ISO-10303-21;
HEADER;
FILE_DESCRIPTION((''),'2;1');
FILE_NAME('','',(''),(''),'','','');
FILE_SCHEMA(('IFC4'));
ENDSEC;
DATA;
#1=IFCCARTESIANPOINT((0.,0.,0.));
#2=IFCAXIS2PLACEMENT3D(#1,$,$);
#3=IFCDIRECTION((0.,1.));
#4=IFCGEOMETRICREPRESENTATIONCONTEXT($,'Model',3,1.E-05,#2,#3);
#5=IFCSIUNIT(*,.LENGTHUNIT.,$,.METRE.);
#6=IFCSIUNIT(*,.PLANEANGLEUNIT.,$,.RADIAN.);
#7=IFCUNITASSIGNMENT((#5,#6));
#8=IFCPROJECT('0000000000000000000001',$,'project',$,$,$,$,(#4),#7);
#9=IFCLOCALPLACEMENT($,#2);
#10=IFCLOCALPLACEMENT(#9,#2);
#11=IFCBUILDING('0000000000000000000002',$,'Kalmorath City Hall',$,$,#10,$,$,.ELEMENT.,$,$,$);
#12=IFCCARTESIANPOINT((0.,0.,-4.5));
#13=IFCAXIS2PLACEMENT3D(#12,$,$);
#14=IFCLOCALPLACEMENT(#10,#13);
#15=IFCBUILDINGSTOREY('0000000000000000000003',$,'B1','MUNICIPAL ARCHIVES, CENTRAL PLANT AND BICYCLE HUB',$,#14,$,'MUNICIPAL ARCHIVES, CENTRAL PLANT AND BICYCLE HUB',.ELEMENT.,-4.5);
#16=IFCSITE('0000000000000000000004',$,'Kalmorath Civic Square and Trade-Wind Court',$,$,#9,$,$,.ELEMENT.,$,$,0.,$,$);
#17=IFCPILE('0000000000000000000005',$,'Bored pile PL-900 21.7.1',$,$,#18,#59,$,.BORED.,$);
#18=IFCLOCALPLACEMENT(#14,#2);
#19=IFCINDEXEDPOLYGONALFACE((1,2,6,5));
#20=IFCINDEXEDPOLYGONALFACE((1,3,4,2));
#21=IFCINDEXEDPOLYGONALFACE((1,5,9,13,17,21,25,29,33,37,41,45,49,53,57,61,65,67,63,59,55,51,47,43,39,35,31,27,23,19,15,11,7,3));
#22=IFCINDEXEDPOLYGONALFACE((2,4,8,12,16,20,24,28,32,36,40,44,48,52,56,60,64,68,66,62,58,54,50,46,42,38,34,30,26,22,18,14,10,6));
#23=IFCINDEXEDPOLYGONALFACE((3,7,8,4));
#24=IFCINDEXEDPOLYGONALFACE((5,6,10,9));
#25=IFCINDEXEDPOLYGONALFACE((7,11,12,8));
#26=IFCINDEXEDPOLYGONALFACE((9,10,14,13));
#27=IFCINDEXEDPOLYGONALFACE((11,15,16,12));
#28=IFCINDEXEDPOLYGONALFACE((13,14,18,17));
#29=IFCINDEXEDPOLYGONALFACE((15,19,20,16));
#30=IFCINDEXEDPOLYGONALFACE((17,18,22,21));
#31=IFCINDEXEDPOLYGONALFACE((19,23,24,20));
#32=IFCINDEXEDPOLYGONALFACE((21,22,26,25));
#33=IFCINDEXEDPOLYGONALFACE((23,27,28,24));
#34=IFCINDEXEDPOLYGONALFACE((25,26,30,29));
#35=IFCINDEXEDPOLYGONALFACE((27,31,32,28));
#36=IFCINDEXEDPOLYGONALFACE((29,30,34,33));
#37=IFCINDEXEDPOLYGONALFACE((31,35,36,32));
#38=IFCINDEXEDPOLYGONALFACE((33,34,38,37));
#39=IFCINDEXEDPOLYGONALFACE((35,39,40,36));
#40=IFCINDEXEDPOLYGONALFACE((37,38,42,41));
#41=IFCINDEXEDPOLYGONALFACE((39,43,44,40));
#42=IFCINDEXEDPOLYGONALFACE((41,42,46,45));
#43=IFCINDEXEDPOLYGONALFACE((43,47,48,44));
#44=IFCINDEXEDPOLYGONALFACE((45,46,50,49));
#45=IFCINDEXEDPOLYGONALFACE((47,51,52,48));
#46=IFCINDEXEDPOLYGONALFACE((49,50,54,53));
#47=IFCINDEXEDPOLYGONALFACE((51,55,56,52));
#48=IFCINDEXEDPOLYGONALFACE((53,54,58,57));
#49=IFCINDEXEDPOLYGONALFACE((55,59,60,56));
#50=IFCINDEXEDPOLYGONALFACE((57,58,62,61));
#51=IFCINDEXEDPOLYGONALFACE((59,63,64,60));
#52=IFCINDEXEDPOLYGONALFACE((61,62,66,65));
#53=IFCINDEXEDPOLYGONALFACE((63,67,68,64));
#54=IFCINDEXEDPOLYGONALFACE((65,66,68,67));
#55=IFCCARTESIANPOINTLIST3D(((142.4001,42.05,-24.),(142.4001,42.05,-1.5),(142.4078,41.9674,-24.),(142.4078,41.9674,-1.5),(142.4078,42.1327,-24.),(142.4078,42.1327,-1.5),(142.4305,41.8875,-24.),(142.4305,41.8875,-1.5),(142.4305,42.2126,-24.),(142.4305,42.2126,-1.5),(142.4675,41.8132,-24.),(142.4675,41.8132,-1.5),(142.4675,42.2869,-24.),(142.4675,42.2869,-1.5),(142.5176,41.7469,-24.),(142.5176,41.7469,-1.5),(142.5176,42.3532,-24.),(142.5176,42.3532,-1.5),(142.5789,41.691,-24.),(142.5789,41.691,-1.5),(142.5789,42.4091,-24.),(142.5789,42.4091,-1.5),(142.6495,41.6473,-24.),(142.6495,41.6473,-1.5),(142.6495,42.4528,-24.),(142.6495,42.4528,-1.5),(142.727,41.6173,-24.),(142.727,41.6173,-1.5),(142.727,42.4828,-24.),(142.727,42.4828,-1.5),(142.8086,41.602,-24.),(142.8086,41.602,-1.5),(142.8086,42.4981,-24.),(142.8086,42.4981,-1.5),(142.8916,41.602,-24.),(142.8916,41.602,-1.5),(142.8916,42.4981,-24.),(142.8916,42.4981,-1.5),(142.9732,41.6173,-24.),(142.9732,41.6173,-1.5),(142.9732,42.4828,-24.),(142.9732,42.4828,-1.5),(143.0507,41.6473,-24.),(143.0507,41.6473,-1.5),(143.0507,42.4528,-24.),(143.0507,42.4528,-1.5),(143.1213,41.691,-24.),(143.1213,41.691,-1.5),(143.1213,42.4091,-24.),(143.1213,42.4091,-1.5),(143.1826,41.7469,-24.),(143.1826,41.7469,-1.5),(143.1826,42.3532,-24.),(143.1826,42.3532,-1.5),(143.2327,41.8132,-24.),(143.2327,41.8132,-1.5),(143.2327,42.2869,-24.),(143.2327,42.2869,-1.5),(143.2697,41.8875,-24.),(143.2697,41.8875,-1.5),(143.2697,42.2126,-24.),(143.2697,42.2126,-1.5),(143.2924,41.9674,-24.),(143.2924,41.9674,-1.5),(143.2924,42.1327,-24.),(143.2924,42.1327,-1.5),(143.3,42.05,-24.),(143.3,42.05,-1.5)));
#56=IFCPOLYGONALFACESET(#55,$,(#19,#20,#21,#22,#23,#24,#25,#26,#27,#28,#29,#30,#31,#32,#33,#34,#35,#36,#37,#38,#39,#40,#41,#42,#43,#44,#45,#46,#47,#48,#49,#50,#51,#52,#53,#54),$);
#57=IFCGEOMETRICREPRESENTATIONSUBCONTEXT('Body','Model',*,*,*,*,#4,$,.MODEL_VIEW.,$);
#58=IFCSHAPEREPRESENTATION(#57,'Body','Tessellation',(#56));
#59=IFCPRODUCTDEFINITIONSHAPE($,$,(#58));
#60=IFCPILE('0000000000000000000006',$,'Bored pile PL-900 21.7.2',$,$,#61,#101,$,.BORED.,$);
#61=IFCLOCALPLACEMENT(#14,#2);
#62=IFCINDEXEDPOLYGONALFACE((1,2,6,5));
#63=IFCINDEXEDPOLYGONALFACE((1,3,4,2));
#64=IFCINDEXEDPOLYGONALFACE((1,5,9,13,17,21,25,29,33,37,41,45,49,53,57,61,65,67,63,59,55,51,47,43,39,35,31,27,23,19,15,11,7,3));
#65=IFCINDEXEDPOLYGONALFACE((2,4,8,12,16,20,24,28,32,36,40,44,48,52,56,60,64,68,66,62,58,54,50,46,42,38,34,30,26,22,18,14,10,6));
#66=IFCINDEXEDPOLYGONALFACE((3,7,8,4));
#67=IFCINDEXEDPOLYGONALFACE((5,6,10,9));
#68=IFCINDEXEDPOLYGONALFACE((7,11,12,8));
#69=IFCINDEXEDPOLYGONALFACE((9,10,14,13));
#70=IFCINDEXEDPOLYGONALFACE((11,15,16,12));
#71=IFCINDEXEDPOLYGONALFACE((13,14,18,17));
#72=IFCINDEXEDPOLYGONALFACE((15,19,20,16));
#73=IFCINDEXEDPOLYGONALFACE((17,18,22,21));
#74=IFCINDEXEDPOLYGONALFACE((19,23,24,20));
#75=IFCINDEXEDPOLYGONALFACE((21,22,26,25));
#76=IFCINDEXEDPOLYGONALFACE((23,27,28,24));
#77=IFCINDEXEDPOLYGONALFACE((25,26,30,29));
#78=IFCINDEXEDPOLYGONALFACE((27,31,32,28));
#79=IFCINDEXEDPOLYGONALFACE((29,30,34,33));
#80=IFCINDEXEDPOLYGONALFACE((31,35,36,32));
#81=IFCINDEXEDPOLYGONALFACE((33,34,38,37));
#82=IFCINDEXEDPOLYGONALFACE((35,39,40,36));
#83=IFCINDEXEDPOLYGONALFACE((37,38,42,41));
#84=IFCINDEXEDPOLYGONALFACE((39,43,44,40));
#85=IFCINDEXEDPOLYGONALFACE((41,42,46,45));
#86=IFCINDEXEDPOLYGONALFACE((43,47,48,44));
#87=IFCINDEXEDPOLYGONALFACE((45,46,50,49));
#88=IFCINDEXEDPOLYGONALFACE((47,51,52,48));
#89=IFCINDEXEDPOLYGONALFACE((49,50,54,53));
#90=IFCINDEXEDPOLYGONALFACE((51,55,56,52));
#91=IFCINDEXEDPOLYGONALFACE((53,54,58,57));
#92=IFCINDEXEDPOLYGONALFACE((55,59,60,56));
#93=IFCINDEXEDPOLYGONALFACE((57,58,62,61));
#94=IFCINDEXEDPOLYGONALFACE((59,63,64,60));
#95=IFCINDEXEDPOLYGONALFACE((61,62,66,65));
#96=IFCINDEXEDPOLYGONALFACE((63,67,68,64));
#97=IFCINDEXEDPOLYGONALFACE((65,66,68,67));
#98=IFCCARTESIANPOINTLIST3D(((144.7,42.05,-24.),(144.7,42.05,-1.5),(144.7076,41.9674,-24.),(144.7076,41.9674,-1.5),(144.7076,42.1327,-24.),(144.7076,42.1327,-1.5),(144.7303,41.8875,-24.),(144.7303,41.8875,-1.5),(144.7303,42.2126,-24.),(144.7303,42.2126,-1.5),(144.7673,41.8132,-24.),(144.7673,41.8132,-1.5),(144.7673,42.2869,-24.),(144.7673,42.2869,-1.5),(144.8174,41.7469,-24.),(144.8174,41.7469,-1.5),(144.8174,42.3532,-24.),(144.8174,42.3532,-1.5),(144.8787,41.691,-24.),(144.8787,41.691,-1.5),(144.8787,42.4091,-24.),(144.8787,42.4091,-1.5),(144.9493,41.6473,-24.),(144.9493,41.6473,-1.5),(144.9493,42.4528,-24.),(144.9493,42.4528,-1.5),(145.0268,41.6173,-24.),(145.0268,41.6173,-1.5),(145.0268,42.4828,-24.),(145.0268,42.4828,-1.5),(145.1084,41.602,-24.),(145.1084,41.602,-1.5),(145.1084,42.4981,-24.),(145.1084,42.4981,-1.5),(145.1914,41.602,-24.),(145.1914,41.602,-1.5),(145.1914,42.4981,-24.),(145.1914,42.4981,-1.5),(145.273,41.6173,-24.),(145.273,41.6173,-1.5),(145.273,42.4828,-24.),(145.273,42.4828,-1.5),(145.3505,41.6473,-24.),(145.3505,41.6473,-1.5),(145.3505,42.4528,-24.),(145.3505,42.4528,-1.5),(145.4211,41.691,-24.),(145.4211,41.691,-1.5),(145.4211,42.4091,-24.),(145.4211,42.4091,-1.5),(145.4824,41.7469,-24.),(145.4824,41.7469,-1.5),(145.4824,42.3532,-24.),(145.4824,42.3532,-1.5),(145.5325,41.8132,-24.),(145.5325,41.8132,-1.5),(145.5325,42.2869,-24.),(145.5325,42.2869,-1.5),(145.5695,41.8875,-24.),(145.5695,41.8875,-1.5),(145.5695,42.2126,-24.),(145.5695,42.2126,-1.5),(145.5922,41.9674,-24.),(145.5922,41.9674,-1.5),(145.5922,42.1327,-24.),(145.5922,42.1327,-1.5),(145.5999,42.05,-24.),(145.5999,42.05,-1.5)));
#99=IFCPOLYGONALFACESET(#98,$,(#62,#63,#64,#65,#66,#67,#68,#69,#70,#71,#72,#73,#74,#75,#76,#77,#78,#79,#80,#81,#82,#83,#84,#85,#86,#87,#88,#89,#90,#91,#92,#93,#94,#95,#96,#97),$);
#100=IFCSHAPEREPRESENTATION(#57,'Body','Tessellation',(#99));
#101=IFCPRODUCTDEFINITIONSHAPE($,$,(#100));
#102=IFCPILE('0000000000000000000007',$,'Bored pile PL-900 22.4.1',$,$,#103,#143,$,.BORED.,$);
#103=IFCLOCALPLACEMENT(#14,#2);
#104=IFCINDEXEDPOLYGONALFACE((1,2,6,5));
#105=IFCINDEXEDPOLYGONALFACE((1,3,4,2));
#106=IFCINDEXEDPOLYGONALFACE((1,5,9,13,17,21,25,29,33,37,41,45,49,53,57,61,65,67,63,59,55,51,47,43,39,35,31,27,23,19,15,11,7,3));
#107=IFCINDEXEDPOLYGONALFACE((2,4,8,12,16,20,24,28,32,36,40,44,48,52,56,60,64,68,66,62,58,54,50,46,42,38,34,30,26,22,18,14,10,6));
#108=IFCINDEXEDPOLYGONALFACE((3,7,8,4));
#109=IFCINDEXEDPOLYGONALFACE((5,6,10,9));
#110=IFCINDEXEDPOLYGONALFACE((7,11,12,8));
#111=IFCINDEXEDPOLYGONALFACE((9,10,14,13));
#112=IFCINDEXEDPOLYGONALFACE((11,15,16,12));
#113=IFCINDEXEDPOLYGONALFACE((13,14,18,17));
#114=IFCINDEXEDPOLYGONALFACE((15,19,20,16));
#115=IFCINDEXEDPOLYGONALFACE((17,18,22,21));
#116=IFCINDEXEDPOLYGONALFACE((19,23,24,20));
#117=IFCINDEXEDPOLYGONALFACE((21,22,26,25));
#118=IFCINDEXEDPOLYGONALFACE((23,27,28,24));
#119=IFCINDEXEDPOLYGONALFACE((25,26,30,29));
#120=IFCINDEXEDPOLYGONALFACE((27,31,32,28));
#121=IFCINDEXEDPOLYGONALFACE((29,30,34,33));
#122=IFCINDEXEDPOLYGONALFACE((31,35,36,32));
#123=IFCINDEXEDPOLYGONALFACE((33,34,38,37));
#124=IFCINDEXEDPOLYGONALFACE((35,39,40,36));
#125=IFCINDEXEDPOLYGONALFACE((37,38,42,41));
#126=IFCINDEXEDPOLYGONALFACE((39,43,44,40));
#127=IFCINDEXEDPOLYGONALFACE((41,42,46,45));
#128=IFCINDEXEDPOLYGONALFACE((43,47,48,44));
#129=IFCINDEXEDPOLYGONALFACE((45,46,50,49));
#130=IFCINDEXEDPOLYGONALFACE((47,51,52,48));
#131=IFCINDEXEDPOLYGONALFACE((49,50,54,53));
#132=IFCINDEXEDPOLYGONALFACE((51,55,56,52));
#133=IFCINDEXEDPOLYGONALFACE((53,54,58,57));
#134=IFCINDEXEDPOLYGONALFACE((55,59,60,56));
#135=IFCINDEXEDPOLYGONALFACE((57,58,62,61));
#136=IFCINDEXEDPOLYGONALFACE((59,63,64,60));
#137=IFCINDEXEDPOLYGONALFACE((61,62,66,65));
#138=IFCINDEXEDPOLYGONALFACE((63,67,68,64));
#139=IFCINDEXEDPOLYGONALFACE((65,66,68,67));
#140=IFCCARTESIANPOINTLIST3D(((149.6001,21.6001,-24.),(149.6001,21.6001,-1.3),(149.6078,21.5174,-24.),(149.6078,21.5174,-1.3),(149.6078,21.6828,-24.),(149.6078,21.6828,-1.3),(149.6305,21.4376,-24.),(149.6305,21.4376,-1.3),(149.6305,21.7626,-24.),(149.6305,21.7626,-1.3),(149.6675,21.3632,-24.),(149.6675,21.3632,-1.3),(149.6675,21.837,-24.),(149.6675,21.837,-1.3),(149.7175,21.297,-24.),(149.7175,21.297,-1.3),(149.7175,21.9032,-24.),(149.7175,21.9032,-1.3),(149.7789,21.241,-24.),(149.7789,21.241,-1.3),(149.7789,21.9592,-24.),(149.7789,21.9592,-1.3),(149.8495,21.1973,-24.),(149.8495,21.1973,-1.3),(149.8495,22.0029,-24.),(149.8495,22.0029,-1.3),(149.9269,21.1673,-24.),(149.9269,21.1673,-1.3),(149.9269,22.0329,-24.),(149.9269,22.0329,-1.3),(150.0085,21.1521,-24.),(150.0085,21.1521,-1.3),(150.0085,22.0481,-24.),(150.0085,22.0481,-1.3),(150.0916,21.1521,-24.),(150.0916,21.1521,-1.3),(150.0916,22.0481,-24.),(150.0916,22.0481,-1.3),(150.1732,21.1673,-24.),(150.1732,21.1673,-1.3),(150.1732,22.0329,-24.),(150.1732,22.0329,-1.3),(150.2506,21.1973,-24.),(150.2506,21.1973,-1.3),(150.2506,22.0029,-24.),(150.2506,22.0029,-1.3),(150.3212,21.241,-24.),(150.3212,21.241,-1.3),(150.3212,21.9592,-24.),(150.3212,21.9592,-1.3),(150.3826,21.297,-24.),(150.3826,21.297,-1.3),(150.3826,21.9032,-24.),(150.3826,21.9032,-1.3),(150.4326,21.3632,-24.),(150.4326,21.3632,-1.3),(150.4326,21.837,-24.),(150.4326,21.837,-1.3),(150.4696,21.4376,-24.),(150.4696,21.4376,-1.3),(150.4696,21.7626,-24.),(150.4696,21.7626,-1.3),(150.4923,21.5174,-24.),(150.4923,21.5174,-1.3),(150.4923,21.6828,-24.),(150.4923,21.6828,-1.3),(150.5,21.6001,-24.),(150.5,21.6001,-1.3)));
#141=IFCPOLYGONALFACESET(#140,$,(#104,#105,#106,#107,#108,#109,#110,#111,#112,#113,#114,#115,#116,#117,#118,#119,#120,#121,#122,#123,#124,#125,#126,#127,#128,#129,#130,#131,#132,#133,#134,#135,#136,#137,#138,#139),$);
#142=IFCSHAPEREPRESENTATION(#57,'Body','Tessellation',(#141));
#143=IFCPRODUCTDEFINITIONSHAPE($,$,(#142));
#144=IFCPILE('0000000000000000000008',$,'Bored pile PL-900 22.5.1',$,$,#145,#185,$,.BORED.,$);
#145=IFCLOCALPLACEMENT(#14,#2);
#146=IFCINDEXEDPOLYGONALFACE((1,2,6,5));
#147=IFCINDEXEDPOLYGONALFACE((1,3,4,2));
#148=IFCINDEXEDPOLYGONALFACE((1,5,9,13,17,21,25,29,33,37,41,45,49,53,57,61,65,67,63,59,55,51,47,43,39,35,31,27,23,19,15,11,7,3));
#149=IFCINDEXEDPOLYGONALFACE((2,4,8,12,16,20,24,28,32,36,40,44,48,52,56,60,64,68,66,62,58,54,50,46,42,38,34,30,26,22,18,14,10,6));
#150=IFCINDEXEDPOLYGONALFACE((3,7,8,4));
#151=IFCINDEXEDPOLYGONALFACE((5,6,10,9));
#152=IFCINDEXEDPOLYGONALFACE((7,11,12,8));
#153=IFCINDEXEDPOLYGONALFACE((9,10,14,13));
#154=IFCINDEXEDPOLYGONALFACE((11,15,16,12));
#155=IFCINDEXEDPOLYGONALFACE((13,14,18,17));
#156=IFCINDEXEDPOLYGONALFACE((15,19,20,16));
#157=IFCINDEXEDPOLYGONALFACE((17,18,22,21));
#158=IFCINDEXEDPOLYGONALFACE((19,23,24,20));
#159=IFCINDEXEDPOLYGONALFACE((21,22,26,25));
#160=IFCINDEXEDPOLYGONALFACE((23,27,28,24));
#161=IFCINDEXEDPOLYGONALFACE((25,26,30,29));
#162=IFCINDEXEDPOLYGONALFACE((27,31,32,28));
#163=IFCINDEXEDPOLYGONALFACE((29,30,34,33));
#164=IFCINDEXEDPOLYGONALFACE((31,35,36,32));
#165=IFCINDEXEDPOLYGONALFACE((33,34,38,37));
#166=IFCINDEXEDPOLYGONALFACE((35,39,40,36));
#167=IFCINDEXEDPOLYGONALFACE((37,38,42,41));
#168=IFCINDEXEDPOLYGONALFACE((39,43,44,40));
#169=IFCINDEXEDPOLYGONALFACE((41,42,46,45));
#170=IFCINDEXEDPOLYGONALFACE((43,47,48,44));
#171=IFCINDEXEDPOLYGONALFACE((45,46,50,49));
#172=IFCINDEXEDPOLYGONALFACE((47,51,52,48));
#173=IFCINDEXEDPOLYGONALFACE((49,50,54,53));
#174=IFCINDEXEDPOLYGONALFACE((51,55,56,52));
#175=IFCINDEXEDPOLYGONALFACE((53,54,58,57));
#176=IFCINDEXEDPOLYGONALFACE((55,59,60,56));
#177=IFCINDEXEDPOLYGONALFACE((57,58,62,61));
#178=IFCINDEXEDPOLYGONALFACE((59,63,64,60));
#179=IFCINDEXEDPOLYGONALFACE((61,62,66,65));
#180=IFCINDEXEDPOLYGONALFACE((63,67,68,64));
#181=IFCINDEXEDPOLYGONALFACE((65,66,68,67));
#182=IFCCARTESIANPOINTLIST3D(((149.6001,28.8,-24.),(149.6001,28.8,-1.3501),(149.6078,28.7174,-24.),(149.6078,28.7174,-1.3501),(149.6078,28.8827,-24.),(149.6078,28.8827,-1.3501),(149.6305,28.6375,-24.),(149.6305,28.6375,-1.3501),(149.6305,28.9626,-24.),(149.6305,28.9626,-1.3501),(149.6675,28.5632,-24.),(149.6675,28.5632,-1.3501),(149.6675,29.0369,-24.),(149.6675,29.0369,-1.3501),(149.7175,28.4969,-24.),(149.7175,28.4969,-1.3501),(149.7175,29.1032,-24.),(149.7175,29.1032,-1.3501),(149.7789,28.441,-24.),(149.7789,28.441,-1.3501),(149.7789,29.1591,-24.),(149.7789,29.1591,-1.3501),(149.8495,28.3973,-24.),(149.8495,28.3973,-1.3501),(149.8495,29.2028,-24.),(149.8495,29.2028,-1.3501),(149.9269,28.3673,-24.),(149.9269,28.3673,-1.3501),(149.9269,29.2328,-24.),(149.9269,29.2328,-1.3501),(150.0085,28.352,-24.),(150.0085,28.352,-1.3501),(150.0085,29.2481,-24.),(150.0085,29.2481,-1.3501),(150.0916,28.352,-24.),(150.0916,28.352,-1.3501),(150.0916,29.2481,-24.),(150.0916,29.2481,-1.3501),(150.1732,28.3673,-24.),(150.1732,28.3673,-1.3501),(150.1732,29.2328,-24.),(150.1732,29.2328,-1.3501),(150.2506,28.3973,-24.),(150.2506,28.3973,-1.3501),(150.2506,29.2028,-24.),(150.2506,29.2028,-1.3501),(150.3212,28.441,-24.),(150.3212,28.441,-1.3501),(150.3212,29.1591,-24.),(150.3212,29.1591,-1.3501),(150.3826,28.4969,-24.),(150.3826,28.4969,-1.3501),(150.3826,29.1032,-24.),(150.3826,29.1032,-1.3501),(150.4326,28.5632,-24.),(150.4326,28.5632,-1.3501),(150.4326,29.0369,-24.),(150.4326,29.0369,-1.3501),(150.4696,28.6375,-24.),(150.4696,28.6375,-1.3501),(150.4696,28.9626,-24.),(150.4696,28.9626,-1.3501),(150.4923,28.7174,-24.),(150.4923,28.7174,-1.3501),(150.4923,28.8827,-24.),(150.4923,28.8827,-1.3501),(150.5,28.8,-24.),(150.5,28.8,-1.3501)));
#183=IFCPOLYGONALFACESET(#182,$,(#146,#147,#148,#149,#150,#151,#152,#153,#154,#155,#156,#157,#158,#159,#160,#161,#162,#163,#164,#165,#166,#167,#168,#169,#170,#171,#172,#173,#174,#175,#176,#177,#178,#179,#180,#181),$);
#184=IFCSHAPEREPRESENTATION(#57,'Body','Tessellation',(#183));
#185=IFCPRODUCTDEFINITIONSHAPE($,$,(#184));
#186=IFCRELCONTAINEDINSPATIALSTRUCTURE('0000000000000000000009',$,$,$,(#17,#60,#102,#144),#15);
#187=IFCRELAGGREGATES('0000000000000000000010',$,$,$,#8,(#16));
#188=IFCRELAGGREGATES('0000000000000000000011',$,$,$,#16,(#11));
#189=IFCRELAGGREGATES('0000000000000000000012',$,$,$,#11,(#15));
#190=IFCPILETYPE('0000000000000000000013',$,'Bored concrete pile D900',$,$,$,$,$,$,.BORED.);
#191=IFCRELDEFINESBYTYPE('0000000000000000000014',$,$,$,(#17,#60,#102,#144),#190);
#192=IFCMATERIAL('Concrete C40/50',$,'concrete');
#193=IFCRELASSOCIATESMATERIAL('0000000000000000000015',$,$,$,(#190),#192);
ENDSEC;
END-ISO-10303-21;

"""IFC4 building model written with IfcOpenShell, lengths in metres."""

from ifc_helpers import new_model, si_unit, direction, frame, origin, origin_2d, place, context, subcontext, project, spatial, circle, extrude, material, material_profile, profile_set, type_object, element, save


model = new_model("IFC4")

# Units and contexts
model_context = context("Model", 3, precision=1e-05, world=origin(), true_north=direction((0.0, 1.0)))
body_context = subcontext(model_context, "Body", "Model", "MODEL_VIEW")
ifc_project = project(units=[si_unit("LENGTHUNIT", "METRE"), si_unit("PLANEANGLEUNIT", "RADIAN")], contexts=[model_context])

# Site, building, storey
site_placement = place(None, origin())
site = spatial("IfcSite", under=ifc_project, at=site_placement, Name="Kalmorath Civic Square and Trade-Wind Court", CompositionType="ELEMENT", RefElevation=0.0)
building_placement = place(site_placement, origin())
building = spatial("IfcBuilding", under=site, at=building_placement, Name="Kalmorath City Hall", CompositionType="ELEMENT")
storey_placement = place(building_placement, frame((0.0, 0.0, -4.5)))
storey = spatial("IfcBuildingStorey", under=building, at=storey_placement, Name="B1", Description="MUNICIPAL ARCHIVES, CENTRAL PLANT AND BICYCLE HUB", LongName="MUNICIPAL ARCHIVES, CENTRAL PLANT AND BICYCLE HUB", CompositionType="ELEMENT", Elevation=-4.5)

# Piles
ifc_material_1 = material(Name="Concrete C40/50", Category="concrete")
ifc_material_profile_1 = material_profile(ifc_material_1, circle(Radius=0.45, at=origin_2d()), Name="PILE-D900")
ifc_profile_set_1 = profile_set([ifc_material_profile_1], Name="Concrete C40/50")
pile_type = type_object("IfcPileType", Name="Bored concrete pile D900", PredefinedType="BORED", material=ifc_profile_set_1)
for number, where, z_axis, x_axis, name in (
    (1, (142.8501, 42.05, -1.5), (0.0, 0.0, -1.0), (1.0, 0.0, 0.0), "Bored pile PL-900 21.7.1"),
    (2, (145.1499, 42.05, -1.5), (0.0, 0.0, -1.0), (1.0, 0.0, 0.0), "Bored pile PL-900 21.7.2"),
):
    element("IfcPile", number, at=place(storey_placement, frame(where, z_axis=z_axis, x_axis=x_axis)), inside=storey, type_object=pile_type, Name=name, PredefinedType="BORED", context=body_context, shape_type="SweptSolid", body=[
        extrude(circle(Radius=0.45, at=origin_2d()), origin(), (0.0, 0.0, 1.0), 22.5),
    ])
pile_1_placement = place(storey_placement, frame((150.05, 21.6001, -1.3), z_axis=(0.0, 0.0, -1.0), x_axis=(1.0, 0.0, 0.0)))
element("IfcPile", 3, at=pile_1_placement, inside=storey, type_object=pile_type, Name="Bored pile PL-900 22.4.1", PredefinedType="BORED", context=body_context, shape_type="SweptSolid", body=[
    extrude(circle(Radius=0.45, at=origin_2d()), origin(), (0.0, 0.0, 1.0), 22.7),
])
for number, where, z_axis, x_axis, name in (
    (4, (150.05, 28.8, -1.3501), (0.0, 0.0, -1.0), (1.0, 0.0, 0.0), "Bored pile PL-900 22.5.1"),
):
    element("IfcPile", number, at=place(storey_placement, frame(where, z_axis=z_axis, x_axis=x_axis)), inside=storey, type_object=pile_type, Name=name, PredefinedType="BORED", context=body_context, shape_type="SweptSolid", body=[
        extrude(circle(Radius=0.45, at=origin_2d()), origin(), (0.0, 0.0, 1.0), 22.6499),
    ])

save(model, "model.ifc")
